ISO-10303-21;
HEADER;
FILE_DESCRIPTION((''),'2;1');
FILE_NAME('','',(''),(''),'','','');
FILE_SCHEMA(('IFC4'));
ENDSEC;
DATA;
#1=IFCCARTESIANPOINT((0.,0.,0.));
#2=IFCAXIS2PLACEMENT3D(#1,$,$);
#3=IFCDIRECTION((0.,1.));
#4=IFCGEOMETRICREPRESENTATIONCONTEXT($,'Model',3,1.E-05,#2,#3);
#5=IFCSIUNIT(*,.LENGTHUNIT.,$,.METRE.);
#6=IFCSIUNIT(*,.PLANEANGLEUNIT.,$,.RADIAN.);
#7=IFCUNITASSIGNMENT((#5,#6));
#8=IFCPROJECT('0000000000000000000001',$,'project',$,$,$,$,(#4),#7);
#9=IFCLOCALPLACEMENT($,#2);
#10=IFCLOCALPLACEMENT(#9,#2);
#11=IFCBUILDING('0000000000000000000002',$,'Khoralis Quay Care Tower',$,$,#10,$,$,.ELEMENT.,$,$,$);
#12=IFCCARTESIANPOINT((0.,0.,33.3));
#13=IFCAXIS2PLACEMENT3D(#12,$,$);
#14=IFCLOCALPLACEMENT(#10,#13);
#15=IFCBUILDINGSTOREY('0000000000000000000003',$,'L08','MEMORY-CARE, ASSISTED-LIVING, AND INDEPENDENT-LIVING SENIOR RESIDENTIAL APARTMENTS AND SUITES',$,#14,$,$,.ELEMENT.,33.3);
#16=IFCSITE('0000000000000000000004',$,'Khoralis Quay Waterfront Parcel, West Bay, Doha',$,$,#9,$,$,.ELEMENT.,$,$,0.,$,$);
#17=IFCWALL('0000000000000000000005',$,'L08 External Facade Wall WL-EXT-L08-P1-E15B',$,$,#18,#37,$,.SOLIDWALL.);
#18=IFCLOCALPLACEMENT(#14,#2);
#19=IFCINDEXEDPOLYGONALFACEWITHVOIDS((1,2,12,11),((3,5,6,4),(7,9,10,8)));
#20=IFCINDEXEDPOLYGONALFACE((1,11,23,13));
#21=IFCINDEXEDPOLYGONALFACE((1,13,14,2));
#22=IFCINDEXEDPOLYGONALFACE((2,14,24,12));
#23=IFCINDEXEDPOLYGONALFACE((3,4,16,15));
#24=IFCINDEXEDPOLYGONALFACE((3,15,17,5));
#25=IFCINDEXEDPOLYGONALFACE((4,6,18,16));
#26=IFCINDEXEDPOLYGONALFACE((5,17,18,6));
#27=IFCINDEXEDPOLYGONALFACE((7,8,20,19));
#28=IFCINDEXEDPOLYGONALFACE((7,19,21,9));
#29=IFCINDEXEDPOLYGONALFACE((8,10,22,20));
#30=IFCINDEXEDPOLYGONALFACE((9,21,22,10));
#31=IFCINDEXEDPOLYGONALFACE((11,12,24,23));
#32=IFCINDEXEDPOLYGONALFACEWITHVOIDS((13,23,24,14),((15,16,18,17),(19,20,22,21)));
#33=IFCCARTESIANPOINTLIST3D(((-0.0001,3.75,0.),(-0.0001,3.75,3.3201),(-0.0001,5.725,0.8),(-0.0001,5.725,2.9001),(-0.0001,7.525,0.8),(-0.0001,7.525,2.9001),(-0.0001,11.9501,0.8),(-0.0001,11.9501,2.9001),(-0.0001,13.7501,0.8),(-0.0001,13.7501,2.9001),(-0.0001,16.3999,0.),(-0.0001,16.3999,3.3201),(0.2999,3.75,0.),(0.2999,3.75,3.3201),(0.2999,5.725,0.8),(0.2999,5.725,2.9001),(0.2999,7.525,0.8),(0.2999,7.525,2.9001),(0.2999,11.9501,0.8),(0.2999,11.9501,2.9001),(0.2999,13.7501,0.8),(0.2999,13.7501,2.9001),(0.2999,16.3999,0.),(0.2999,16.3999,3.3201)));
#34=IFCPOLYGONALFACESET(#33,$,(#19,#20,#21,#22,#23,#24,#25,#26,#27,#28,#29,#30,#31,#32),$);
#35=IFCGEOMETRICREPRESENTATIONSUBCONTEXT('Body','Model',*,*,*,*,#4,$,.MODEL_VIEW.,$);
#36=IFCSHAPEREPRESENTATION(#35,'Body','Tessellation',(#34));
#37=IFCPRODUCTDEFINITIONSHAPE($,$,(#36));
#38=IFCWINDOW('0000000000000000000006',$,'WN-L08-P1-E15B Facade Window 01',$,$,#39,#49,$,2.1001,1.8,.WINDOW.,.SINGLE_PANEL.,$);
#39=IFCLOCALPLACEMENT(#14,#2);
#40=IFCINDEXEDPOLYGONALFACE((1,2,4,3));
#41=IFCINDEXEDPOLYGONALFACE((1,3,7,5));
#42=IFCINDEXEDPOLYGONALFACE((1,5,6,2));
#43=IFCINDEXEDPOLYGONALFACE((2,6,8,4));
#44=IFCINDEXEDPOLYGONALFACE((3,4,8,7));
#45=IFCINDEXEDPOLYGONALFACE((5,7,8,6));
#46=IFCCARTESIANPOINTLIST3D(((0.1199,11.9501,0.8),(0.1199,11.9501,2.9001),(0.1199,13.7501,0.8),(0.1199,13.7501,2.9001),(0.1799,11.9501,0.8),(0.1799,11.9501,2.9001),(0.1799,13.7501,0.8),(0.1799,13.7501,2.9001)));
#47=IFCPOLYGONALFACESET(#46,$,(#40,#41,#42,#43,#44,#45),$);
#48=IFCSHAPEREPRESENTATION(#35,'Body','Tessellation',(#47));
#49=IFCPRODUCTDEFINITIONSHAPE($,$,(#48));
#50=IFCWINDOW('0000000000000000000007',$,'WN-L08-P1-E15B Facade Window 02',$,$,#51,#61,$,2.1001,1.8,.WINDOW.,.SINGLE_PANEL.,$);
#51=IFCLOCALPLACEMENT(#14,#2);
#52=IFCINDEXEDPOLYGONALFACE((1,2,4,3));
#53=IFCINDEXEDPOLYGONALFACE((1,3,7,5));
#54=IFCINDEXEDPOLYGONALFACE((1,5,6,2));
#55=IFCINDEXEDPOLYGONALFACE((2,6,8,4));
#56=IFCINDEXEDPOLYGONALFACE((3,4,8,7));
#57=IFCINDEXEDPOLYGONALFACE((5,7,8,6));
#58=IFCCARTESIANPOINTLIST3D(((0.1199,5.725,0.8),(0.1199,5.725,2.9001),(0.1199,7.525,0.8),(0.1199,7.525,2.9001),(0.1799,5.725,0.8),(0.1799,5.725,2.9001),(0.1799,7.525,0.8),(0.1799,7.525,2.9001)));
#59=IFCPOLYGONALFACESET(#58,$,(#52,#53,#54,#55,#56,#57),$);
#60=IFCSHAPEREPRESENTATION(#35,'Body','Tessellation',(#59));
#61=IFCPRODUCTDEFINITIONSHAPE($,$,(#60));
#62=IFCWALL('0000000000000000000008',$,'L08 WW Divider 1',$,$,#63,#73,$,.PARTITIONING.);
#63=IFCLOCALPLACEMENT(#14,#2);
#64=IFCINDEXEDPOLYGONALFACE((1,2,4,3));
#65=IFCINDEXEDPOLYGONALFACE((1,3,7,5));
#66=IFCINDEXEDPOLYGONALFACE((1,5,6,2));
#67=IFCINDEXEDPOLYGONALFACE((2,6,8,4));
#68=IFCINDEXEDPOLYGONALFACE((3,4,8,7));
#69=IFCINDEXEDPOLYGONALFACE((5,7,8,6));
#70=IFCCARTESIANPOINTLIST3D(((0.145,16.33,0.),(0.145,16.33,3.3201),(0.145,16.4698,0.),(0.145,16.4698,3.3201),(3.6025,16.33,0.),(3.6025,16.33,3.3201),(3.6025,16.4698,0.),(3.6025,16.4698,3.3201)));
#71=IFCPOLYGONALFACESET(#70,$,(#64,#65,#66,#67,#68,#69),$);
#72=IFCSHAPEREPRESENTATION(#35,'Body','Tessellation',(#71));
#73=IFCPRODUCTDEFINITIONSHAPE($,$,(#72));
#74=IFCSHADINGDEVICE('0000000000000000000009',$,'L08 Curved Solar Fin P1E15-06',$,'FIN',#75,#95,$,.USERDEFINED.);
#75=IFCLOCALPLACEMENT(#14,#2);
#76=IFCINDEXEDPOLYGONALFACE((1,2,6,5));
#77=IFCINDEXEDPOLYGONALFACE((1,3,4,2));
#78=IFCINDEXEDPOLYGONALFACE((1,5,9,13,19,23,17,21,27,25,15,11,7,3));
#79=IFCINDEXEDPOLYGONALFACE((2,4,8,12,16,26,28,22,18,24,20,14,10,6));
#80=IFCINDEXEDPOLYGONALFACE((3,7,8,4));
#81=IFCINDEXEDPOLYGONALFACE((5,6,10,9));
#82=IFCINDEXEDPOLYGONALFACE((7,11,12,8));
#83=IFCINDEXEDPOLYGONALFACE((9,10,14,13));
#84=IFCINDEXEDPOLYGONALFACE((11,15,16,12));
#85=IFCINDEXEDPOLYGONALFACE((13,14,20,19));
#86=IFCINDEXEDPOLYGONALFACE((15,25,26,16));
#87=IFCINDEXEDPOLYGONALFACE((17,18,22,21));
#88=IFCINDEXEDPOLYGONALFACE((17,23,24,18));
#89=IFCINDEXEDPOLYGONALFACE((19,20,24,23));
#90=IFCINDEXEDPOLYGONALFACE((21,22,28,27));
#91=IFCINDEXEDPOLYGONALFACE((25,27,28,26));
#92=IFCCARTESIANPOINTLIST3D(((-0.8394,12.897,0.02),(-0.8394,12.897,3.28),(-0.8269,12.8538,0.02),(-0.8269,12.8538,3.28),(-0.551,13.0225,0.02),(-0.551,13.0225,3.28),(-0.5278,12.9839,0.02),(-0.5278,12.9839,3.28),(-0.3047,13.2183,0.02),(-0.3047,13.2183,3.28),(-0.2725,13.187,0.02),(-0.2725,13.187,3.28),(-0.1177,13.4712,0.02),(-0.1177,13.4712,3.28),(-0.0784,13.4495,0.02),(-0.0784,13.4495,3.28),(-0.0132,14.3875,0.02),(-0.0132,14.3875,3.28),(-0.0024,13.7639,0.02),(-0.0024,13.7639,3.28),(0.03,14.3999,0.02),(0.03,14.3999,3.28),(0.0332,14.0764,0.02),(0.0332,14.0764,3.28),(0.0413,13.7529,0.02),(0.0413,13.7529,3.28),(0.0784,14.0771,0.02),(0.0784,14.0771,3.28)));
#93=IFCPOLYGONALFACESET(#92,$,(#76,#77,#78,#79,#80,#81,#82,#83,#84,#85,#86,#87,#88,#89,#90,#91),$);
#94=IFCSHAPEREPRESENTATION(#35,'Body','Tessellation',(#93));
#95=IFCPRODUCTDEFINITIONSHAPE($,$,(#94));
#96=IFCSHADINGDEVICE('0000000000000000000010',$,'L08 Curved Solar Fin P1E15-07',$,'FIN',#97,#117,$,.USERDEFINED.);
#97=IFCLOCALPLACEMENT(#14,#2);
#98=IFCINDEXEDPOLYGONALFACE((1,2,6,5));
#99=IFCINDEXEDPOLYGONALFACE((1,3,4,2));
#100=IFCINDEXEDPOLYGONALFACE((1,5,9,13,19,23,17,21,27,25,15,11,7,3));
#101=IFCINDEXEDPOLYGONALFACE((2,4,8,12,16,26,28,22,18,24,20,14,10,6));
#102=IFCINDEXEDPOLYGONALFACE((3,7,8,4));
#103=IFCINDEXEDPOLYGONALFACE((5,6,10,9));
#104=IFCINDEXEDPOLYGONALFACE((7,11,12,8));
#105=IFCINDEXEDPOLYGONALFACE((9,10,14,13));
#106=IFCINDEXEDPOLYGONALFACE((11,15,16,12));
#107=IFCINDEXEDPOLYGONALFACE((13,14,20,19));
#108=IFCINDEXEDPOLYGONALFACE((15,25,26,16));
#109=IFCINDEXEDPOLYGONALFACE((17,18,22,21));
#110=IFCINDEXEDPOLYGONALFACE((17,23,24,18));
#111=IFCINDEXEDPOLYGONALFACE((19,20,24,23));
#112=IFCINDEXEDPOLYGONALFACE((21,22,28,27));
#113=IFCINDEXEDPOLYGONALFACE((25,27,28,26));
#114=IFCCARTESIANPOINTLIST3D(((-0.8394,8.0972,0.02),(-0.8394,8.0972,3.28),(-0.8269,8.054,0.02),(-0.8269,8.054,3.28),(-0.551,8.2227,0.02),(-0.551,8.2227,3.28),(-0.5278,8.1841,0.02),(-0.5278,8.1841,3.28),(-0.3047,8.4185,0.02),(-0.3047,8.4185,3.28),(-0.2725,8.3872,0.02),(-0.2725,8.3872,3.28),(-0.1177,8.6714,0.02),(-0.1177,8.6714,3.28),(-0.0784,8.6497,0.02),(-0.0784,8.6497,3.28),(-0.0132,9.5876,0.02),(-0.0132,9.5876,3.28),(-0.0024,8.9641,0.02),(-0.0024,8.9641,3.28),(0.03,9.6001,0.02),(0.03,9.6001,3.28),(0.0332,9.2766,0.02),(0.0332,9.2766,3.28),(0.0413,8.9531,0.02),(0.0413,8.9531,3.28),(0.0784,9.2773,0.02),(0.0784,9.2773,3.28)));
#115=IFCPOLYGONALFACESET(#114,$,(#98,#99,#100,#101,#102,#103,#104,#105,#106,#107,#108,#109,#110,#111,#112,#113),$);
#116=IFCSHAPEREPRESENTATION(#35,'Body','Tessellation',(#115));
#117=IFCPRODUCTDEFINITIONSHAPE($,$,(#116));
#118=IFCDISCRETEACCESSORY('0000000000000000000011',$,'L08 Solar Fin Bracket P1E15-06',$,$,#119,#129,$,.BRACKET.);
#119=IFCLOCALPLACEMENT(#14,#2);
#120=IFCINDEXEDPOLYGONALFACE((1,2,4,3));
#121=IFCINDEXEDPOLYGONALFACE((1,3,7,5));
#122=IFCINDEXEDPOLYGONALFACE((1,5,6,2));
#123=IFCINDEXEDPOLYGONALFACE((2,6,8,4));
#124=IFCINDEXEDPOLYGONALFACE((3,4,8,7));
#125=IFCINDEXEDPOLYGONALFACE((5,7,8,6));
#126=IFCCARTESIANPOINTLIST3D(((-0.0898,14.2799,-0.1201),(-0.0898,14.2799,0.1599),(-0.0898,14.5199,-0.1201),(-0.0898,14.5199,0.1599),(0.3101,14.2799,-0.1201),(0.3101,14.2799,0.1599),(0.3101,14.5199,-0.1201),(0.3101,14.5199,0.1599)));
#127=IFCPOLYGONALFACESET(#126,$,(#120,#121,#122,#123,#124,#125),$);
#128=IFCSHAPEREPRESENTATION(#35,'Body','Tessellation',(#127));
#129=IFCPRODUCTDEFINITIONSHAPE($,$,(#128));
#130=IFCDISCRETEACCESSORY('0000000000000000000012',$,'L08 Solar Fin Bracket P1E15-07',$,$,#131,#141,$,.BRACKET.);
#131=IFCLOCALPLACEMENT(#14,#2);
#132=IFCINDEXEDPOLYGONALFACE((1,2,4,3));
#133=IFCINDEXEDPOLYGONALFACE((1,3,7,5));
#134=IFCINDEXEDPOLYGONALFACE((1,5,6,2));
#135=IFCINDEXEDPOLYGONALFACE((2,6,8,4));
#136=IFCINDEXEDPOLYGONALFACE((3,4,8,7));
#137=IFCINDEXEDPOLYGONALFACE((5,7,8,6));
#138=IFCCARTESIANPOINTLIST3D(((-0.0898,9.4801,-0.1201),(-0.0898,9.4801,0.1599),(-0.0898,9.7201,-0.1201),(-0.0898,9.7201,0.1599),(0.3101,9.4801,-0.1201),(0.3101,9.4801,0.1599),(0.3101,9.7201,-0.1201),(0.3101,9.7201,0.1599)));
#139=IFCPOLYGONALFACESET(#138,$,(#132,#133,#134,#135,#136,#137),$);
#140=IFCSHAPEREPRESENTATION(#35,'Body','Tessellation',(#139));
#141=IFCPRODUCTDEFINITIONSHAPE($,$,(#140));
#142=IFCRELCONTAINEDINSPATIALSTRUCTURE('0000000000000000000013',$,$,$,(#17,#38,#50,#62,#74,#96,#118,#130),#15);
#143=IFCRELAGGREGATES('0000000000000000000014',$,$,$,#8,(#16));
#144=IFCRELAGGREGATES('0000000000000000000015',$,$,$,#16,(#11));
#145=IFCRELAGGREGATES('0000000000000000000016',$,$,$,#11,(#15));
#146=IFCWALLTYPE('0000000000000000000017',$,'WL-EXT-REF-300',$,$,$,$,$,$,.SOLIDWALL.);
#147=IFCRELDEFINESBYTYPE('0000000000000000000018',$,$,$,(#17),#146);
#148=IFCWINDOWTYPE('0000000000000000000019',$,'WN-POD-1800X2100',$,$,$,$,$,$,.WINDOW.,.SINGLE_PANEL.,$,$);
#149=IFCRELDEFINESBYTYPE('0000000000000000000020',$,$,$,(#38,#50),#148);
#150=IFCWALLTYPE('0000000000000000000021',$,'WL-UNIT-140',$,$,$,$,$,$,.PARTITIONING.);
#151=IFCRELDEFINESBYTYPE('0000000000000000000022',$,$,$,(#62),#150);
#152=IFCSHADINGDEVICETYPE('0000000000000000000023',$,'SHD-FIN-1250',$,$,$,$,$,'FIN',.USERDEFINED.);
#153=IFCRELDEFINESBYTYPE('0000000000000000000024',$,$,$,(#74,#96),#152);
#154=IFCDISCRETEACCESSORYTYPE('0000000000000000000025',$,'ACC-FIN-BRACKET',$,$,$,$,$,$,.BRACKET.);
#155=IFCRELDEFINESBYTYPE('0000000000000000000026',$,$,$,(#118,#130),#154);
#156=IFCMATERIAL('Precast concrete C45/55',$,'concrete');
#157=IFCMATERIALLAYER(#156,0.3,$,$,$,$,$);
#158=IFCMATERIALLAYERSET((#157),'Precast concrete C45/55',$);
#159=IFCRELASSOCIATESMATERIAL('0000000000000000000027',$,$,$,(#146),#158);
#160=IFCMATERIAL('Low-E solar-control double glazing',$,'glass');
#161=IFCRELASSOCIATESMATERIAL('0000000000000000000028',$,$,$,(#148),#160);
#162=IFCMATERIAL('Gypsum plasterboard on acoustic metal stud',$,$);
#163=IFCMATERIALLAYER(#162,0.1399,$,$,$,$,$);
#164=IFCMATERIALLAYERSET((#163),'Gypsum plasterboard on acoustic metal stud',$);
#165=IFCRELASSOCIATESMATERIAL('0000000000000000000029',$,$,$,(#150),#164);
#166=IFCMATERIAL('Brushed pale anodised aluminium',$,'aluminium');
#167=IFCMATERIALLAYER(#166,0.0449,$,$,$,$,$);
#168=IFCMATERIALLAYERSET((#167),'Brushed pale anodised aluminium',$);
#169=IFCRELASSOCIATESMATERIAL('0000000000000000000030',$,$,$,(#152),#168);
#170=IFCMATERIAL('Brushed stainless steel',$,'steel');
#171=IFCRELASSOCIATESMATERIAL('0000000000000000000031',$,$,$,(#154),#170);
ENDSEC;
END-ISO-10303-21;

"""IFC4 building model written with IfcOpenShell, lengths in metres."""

from ifc_helpers import new_model, si_unit, direction, frame, frame_2d, origin, origin_2d, place, context, subcontext, project, spatial, polyline, rectangle, outline, extrude, source, transform, mapped, material, layer, layer_set, type_object, element, fill, save


model = new_model("IFC4")

# Units and contexts
model_context = context("Model", 3, precision=1e-05, world=origin(), true_north=direction((0.0, 1.0)))
body_context = subcontext(model_context, "Body", "Model", "MODEL_VIEW")
ifc_project = project(units=[si_unit("LENGTHUNIT", "METRE"), si_unit("PLANEANGLEUNIT", "RADIAN")], contexts=[model_context])

# Site, building, storey
site_placement = place(None, origin())
site = spatial("IfcSite", under=ifc_project, at=site_placement, Name="Khoralis Quay Waterfront Parcel, West Bay, Doha", CompositionType="ELEMENT", RefElevation=0.0)
building_placement = place(site_placement, origin())
building = spatial("IfcBuilding", under=site, at=building_placement, Name="Khoralis Quay Care Tower", CompositionType="ELEMENT")
storey_placement = place(building_placement, frame((0.0, 0.0, 33.3)))
storey = spatial("IfcBuildingStorey", under=building, at=storey_placement, Name="L08", Description="MEMORY-CARE, ASSISTED-LIVING, AND INDEPENDENT-LIVING SENIOR RESIDENTIAL APARTMENTS AND SUITES", CompositionType="ELEMENT", Elevation=33.3)

# Shared definitions
ifc_material_1 = material(Name="Gypsum plasterboard on acoustic metal stud")

# Wall, openings, windows
ifc_material_2 = material(Name="Precast concrete C45/55", Category="concrete")
ifc_layer_1 = layer(ifc_material_2, 0.3)
ifc_layer_set_1 = layer_set([ifc_layer_1], Name="Precast concrete C45/55")
wall_type_1 = type_object("IfcWallType", Name="WL-EXT-REF-300", PredefinedType="SOLIDWALL", material=ifc_layer_set_1)
wall_1_placement = place(storey_placement, frame((0.1499, 16.3999, 0.0), z_axis=(0.0, 0.0, 1.0), x_axis=(0.0, -1.0, 0.0)))
wall_1 = element("IfcWall", 1, at=wall_1_placement, inside=storey, type_object=wall_type_1, Name="L08 External Facade Wall WL-EXT-L08-P1-E15B", PredefinedType="SOLIDWALL", context=body_context, shape_type="SweptSolid", body=[
    extrude(rectangle(XDim=12.6499, YDim=0.3, at=frame_2d((6.325, 0.0))), origin(), (0.0, 0.0, 1.0), 3.3201),
])
opening_1_placement = place(wall_1_placement, frame((2.6499, 0.0, 0.8)))
opening_1 = element("IfcOpeningElement", 2, at=opening_1_placement, cuts=wall_1, PredefinedType="OPENING", context=body_context, shape_type="SweptSolid", body=[
    extrude(rectangle(XDim=1.8, YDim=2.1001, at=frame_2d((0.8999, 1.05))), frame((0.0, 0.1602, 0.0), z_axis=(0.0, -1.0, 0.0), x_axis=(1.0, 0.0, 0.0)), (0.0, 0.0, 1.0), 0.3201),
])
opening_2_placement = place(wall_1_placement, frame((8.875, 0.0, 0.8)))
opening_2 = element("IfcOpeningElement", 3, at=opening_2_placement, cuts=wall_1, PredefinedType="OPENING", context=body_context, shape_type="SweptSolid", body=[
    extrude(rectangle(XDim=1.8, YDim=2.1001, at=frame_2d((0.8999, 1.05))), frame((0.0, 0.1602, 0.0), z_axis=(0.0, -1.0, 0.0), x_axis=(1.0, 0.0, 0.0)), (0.0, 0.0, 1.0), 0.3201),
])
ifc_material_3 = material(Name="Low-E solar-control double glazing", Category="glass")
window_type = type_object("IfcWindowType", Name="WN-POD-1800X2100", PartitioningType="SINGLE_PANEL", PredefinedType="WINDOW", material=ifc_material_3)
shared_shape_1 = source(origin(), body_context, "Body", "SweptSolid", [
    extrude(rectangle(XDim=1.8, YDim=2.1001, at=frame_2d((0.8999, 1.05))), frame((0.0, 0.03, 0.0), z_axis=(0.0, -1.0, 0.0), x_axis=(1.0, 0.0, 0.0)), (0.0, 0.0, 1.0), 0.0601),
])
window_1_placement = place(opening_1_placement, origin())
window_1 = element("IfcWindow", 4, at=window_1_placement, inside=storey, type_object=window_type, Name="WN-L08-P1-E15B Facade Window 01", OverallHeight=2.1001, OverallWidth=1.8, PartitioningType="SINGLE_PANEL", PredefinedType="WINDOW", context=body_context, shape_type="MappedRepresentation", body=[
    mapped(shared_shape_1, transform((0.0, 0.0, 0.0), scale=1.0)),
])
fill(opening_1, window_1)
window_2_placement = place(opening_2_placement, origin())
window_2 = element("IfcWindow", 5, at=window_2_placement, inside=storey, type_object=window_type, Name="WN-L08-P1-E15B Facade Window 02", OverallHeight=2.1001, OverallWidth=1.8, PartitioningType="SINGLE_PANEL", PredefinedType="WINDOW", context=body_context, shape_type="MappedRepresentation", body=[
    mapped(shared_shape_1, transform((0.0, 0.0, 0.0), scale=1.0)),
])
fill(opening_2, window_2)

# Wall
ifc_layer_2 = layer(ifc_material_1, 0.1399)
ifc_layer_set_2 = layer_set([ifc_layer_2], Name="Gypsum plasterboard on acoustic metal stud")
wall_type_2 = type_object("IfcWallType", Name="WL-UNIT-140", PredefinedType="PARTITIONING", material=ifc_layer_set_2)
wall_2_placement = place(storey_placement, frame((0.145, 16.3999, 0.0), z_axis=(0.0, 0.0, 1.0), x_axis=(1.0, 0.0, 0.0)))
element("IfcWall", 6, at=wall_2_placement, inside=storey, type_object=wall_type_2, Name="L08 WW Divider 1", PredefinedType="PARTITIONING", context=body_context, shape_type="SweptSolid", body=[
    extrude(rectangle(XDim=3.4575, YDim=0.1399, at=frame_2d((1.7288, 0.0))), origin(), (0.0, 0.0, 1.0), 3.3201),
])

# Shading devices
ifc_material_4 = material(Name="Brushed pale anodised aluminium", Category="aluminium")
ifc_layer_3 = layer(ifc_material_4, 0.0449)
ifc_layer_set_3 = layer_set([ifc_layer_3], Name="Brushed pale anodised aluminium")
shading_device_type = type_object("IfcShadingDeviceType", Name="SHD-FIN-1250", ElementType="FIN", PredefinedType="USERDEFINED", material=ifc_layer_set_3)
shared_shape_2 = source(origin(), body_context, "Body", "SweptSolid", [
    extrude(outline(polyline([(0.0, 0.0), (-0.0483, 0.3228), (-0.0112, 0.647), (0.1084, 0.9504), (0.3025, 1.2129), (0.5579, 1.416), (0.8569, 1.5461), (0.8694, 1.5029), (0.5811, 1.3774), (0.3347, 1.1816), (0.1477, 0.9287), (0.0325, 0.636), (-0.0032, 0.3235), (0.0432, 0.0125), (0.0, 0.0)])), origin(), (0.0, 0.0, 1.0), 3.26),
])
for number, where, z_axis, x_axis, name in (
    (7, (0.03, 14.3999, 0.02), (0.0, 0.0, 1.0), (-1.0, 0.0, 0.0), "L08 Curved Solar Fin P1E15-06"),
    (8, (0.03, 9.6001, 0.02), (0.0, 0.0, 1.0), (-1.0, 0.0, 0.0), "L08 Curved Solar Fin P1E15-07"),
):
    element("IfcShadingDevice", number, at=place(storey_placement, frame(where, z_axis=z_axis, x_axis=x_axis)), inside=storey, type_object=shading_device_type, Name=name, ObjectType="FIN", PredefinedType="USERDEFINED", context=body_context, shape_type="MappedRepresentation", body=[
        mapped(shared_shape_2, transform((0.0, 0.0, 0.0), scale=1.0)),
    ])

# Discrete accessories
ifc_material_5 = material(Name="Brushed stainless steel", Category="steel")
discrete_accessory_type = type_object("IfcDiscreteAccessoryType", Name="ACC-FIN-BRACKET", PredefinedType="BRACKET", material=ifc_material_5)
shared_shape_3 = source(origin(), body_context, "Body", "SweptSolid", [
    extrude(rectangle(XDim=0.3999, YDim=0.24, at=origin_2d()), origin(), (0.0, 0.0, 1.0), 0.28),
])
for number, where, z_axis, x_axis, name in (
    (9, (0.1101, 14.3999, -0.1201), (0.0, 0.0, 1.0), (-1.0, 0.0, 0.0), "L08 Solar Fin Bracket P1E15-06"),
    (10, (0.1101, 9.6001, -0.1201), (0.0, 0.0, 1.0), (-1.0, 0.0, 0.0), "L08 Solar Fin Bracket P1E15-07"),
):
    element("IfcDiscreteAccessory", number, at=place(storey_placement, frame(where, z_axis=z_axis, x_axis=x_axis)), inside=storey, type_object=discrete_accessory_type, Name=name, PredefinedType="BRACKET", context=body_context, shape_type="MappedRepresentation", body=[
        mapped(shared_shape_3, transform((0.0, 0.0, 0.0), scale=1.0)),
    ])

save(model, "model.ifc")
